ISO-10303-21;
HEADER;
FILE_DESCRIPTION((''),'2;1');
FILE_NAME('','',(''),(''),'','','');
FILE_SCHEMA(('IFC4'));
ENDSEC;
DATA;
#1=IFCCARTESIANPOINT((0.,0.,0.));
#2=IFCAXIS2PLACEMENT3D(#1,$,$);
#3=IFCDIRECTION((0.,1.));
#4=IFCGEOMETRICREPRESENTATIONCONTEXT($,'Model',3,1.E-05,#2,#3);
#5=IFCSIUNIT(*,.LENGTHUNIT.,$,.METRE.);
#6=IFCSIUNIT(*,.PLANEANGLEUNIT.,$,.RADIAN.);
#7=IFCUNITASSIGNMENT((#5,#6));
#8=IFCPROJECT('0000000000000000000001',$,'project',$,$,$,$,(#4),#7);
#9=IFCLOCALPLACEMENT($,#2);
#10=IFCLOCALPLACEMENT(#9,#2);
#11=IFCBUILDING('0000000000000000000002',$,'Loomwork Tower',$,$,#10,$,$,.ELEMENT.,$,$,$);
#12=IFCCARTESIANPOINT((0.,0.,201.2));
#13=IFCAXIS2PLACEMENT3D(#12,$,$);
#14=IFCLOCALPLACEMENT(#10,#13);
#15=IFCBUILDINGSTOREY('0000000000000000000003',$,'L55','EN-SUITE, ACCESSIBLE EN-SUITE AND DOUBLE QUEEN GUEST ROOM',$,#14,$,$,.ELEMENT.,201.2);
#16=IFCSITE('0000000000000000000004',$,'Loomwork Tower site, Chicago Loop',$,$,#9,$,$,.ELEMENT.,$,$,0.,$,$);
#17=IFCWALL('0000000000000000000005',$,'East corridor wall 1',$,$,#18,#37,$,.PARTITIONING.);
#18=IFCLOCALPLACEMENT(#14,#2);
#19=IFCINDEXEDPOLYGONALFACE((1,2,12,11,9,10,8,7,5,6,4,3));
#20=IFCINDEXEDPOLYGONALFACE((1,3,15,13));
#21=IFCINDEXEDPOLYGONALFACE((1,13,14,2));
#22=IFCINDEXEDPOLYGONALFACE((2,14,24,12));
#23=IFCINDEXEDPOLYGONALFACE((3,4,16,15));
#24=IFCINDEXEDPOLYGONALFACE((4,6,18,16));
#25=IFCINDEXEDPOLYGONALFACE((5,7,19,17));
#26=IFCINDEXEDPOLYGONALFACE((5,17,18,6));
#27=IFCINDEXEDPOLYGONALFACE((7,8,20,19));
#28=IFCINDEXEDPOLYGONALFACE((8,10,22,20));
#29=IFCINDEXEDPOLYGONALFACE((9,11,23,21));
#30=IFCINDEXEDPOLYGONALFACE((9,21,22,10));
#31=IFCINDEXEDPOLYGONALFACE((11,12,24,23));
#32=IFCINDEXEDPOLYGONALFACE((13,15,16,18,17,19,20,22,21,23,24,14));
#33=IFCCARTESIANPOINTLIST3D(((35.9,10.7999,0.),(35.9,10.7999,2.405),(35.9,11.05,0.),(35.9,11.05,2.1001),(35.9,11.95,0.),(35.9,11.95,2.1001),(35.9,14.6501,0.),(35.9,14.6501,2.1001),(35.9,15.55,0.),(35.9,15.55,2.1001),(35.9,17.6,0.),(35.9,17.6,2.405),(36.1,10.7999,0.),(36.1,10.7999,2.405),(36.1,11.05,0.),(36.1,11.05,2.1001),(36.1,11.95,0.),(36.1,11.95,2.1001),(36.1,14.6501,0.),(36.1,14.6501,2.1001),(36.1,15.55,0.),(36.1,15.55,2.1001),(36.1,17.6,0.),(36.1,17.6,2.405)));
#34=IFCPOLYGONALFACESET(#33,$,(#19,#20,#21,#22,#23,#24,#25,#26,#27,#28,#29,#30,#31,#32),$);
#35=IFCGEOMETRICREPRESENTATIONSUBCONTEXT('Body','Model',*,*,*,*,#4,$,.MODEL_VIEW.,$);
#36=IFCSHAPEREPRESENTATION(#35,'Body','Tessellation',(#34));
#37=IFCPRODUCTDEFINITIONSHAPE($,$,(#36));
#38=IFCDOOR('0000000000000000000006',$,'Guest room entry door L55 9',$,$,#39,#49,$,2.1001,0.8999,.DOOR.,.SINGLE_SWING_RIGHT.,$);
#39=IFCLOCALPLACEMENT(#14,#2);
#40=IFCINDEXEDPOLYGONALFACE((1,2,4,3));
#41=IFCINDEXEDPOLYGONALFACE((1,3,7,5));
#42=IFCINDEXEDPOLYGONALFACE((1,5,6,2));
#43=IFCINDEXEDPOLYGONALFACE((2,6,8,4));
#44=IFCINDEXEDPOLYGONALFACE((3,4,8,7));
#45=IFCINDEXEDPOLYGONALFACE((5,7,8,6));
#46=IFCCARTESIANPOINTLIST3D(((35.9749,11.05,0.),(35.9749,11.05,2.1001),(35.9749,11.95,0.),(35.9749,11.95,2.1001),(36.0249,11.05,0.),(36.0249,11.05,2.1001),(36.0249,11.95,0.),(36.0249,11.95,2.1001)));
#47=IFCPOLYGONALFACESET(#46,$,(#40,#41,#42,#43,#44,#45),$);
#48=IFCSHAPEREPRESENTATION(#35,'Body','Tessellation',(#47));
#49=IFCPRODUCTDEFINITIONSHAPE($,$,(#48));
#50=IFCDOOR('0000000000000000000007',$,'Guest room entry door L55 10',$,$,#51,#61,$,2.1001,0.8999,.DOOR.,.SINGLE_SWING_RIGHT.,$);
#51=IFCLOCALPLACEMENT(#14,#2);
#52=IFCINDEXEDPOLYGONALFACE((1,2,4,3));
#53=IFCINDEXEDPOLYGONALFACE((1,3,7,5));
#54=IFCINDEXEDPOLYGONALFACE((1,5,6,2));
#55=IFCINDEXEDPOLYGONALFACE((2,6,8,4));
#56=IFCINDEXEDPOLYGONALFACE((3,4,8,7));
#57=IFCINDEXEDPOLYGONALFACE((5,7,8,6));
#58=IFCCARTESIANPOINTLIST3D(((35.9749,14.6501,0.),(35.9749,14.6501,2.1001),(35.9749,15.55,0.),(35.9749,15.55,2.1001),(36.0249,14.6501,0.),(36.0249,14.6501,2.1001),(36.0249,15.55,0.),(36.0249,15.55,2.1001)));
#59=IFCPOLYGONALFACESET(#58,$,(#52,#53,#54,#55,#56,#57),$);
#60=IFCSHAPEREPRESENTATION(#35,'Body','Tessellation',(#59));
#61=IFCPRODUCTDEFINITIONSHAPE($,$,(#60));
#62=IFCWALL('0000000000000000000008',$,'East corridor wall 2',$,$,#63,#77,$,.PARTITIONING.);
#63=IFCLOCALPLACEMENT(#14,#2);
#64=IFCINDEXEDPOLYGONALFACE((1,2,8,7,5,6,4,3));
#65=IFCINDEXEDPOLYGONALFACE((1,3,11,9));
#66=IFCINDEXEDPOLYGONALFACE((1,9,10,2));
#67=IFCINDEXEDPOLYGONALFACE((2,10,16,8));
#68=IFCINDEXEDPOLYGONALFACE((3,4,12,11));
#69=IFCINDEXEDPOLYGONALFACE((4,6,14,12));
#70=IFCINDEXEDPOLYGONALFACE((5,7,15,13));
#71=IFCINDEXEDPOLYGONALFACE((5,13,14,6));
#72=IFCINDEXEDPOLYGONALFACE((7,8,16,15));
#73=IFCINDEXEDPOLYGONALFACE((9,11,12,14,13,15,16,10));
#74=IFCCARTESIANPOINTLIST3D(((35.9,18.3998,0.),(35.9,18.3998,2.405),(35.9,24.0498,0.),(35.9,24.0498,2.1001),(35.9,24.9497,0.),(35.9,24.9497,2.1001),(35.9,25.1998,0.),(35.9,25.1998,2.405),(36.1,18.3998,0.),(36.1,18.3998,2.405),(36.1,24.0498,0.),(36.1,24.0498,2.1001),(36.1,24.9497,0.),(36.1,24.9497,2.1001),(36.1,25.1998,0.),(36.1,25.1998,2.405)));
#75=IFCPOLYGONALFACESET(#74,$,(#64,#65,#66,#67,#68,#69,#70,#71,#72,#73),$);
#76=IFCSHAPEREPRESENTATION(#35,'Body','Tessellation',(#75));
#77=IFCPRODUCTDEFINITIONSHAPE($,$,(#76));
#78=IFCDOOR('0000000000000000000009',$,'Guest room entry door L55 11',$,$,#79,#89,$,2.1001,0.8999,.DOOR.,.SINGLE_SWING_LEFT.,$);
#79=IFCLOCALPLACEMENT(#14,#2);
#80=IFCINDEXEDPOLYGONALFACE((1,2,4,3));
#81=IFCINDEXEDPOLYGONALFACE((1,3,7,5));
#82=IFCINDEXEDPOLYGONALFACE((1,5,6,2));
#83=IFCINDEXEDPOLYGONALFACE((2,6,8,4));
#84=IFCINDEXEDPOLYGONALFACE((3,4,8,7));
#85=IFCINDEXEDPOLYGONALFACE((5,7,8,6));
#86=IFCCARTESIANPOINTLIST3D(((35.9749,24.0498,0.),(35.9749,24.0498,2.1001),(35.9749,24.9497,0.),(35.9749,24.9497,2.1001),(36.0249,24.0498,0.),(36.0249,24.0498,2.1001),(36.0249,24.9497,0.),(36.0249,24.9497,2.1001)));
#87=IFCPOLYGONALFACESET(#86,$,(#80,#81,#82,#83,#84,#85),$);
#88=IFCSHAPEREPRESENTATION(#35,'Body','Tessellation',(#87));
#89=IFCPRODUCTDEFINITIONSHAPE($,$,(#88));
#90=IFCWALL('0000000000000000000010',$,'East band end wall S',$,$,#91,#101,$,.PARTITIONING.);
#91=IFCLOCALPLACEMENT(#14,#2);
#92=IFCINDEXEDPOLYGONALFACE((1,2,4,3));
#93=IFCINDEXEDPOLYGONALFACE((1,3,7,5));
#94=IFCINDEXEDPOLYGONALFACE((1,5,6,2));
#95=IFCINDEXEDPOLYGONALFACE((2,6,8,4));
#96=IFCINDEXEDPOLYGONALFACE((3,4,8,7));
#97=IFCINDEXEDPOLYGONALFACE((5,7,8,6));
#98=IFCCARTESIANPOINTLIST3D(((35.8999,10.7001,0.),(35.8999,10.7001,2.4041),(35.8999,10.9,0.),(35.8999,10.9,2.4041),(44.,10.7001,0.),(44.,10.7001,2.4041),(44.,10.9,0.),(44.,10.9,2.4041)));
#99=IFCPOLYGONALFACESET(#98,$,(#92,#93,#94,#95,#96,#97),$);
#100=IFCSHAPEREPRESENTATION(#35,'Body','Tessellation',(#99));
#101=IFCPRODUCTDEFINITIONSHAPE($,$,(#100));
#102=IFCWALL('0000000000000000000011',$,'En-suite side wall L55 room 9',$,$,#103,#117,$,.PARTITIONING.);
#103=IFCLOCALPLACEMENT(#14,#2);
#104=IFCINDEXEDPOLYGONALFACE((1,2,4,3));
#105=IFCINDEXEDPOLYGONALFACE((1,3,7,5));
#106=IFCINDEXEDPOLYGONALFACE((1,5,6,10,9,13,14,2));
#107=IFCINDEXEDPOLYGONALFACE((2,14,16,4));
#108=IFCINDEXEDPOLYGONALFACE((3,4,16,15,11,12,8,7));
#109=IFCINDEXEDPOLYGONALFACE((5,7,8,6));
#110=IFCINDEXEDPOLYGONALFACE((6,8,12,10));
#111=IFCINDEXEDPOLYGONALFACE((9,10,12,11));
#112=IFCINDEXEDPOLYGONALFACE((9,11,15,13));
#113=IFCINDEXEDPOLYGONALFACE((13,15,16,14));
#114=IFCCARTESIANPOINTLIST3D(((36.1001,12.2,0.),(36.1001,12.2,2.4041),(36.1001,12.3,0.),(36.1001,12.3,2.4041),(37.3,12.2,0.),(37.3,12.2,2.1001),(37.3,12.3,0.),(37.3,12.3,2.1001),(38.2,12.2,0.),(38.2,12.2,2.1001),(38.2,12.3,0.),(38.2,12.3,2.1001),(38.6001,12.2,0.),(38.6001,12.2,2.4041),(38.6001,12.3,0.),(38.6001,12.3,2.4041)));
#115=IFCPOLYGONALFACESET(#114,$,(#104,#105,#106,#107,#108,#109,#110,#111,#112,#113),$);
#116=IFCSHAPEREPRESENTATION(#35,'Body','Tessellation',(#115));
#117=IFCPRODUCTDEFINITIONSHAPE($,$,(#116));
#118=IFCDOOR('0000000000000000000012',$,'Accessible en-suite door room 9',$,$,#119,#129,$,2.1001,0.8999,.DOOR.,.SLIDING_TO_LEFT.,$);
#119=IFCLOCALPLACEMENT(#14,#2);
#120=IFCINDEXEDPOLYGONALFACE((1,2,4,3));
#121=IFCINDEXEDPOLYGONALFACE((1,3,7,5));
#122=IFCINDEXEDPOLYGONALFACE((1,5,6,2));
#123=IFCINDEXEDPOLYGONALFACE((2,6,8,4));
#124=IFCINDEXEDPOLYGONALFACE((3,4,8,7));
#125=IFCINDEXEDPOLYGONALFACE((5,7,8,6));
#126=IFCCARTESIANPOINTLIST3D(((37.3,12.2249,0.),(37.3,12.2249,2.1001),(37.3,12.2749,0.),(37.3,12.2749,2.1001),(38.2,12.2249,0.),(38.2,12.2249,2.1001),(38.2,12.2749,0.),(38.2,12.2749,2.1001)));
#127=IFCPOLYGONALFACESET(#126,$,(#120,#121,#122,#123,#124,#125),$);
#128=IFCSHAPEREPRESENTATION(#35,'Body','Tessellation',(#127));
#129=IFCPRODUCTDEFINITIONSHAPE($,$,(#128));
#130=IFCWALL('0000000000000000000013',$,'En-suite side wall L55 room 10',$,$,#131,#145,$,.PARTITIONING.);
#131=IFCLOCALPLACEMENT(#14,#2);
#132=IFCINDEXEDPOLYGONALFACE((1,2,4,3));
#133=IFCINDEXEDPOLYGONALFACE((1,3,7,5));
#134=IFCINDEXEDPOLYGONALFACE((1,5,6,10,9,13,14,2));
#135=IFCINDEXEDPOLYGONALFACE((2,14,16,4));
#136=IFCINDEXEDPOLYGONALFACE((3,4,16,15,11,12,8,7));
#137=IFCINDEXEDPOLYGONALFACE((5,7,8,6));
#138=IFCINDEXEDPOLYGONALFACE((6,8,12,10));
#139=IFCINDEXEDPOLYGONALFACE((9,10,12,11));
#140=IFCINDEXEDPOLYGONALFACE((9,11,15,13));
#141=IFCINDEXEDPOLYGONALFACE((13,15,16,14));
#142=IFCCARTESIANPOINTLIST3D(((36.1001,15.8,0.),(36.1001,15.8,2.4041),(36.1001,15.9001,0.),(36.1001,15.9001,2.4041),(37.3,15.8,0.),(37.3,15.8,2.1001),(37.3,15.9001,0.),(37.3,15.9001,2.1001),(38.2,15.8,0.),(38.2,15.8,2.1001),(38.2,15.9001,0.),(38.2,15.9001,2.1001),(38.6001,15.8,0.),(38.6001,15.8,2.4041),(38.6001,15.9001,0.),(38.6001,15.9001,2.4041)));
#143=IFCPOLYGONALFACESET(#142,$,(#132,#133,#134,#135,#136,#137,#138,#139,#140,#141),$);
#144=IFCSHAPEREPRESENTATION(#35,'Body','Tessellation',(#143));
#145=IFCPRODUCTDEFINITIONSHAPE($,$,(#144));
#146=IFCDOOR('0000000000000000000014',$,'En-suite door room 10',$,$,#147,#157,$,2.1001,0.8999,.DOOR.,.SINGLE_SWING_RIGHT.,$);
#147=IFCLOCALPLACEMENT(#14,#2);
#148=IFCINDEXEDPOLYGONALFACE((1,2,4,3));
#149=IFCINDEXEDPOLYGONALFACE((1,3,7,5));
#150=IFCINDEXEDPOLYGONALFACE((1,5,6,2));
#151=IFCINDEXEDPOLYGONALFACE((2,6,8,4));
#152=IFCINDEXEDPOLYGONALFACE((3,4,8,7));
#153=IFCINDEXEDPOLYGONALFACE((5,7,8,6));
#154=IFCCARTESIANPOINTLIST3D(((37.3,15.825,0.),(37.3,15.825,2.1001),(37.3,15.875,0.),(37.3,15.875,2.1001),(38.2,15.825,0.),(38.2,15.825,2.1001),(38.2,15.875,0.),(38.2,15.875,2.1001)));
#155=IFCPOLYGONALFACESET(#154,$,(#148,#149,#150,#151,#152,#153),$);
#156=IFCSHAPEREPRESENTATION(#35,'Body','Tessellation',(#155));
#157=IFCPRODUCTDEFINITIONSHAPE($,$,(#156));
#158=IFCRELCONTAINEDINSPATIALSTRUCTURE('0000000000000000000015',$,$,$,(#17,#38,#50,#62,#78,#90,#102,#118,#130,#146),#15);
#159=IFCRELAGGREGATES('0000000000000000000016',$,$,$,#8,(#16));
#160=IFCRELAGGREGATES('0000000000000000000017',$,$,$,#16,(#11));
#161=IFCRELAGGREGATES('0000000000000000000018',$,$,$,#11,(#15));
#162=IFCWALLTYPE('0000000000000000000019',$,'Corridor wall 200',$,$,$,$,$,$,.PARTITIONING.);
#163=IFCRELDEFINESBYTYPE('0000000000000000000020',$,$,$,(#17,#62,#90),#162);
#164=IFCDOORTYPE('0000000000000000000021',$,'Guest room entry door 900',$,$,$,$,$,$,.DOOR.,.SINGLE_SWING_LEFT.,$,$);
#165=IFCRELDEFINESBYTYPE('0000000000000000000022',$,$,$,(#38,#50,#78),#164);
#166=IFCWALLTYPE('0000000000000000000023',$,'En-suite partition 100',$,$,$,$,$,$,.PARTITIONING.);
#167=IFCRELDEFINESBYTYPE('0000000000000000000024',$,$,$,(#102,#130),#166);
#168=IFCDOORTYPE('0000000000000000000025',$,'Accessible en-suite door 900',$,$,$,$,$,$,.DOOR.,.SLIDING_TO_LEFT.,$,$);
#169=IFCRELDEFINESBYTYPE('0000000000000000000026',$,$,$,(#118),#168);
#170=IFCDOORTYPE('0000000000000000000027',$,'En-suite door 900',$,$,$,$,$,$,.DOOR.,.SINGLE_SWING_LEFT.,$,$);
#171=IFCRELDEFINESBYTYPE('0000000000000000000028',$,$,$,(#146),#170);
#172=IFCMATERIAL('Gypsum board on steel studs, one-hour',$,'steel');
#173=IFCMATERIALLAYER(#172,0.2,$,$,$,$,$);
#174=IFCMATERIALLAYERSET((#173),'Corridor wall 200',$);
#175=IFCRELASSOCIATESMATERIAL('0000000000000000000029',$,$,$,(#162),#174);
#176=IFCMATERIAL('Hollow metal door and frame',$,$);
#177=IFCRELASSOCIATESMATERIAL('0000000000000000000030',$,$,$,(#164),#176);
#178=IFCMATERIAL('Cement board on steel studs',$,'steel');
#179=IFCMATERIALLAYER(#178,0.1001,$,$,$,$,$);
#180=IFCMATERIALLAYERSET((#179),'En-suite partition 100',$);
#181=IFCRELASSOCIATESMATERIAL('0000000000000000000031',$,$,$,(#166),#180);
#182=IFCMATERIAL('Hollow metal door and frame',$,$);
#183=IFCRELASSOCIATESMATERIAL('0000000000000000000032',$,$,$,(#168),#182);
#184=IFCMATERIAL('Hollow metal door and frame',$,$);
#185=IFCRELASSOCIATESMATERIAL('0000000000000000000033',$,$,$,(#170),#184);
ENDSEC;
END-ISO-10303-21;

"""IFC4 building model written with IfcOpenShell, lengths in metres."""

from ifc_helpers import new_model, si_unit, direction, frame, frame_2d, origin, place, context, subcontext, project, spatial, rectangle, extrude, material, layer, layer_set, type_object, element, fill, save


model = new_model("IFC4")

# Units and contexts
model_context = context("Model", 3, precision=1e-05, world=origin(), true_north=direction((0.0, 1.0)))
body_context = subcontext(model_context, "Body", "Model", "MODEL_VIEW")
ifc_project = project(units=[si_unit("LENGTHUNIT", "METRE"), si_unit("PLANEANGLEUNIT", "RADIAN")], contexts=[model_context])

# Site, building, storey
site_placement = place(None, origin())
site = spatial("IfcSite", under=ifc_project, at=site_placement, Name="Loomwork Tower site, Chicago Loop", CompositionType="ELEMENT", RefElevation=0.0)
building_placement = place(site_placement, origin())
building = spatial("IfcBuilding", under=site, at=building_placement, Name="Loomwork Tower", CompositionType="ELEMENT")
storey_placement = place(building_placement, frame((0.0, 0.0, 201.2)))
storey = spatial("IfcBuildingStorey", under=building, at=storey_placement, Name="L55", Description="EN-SUITE, ACCESSIBLE EN-SUITE AND DOUBLE QUEEN GUEST ROOM", CompositionType="ELEMENT", Elevation=201.2)

# Wall, openings, doors
ifc_material_1 = material(Name="Gypsum board on steel studs, one-hour", Category="steel")
ifc_layer_1 = layer(ifc_material_1, 0.2)
ifc_layer_set_1 = layer_set([ifc_layer_1], Name="Corridor wall 200")
wall_type_1 = type_object("IfcWallType", Name="Corridor wall 200", PredefinedType="PARTITIONING", material=ifc_layer_set_1)
wall_1_placement = place(storey_placement, frame((36.0, 10.8, 0.0), z_axis=(0.0, 0.0, 1.0), x_axis=(0.0, 1.0, 0.0)))
wall_1 = element("IfcWall", 1, at=wall_1_placement, inside=storey, type_object=wall_type_1, Name="East corridor wall 1", PredefinedType="PARTITIONING", context=body_context, shape_type="SweptSolid", body=[
    extrude(rectangle(XDim=6.8, YDim=0.2, at=frame_2d((3.3999, 0.0))), origin(), (0.0, 0.0, 1.0), 2.405),
])
opening_1_placement = place(wall_1_placement, frame((0.25, 0.0, 0.0)))
opening_1 = element("IfcOpeningElement", 2, at=opening_1_placement, cuts=wall_1, PredefinedType="OPENING", context=body_context, shape_type="SweptSolid", body=[
    extrude(rectangle(XDim=0.8999, YDim=2.1001, at=frame_2d((0.45, 1.05))), frame((0.0, 0.1099, 0.0), z_axis=(0.0, -1.0, 0.0), x_axis=(1.0, 0.0, 0.0)), (0.0, 0.0, 1.0), 0.22),
])
opening_2_placement = place(wall_1_placement, frame((3.8501, 0.0, 0.0)))
opening_2 = element("IfcOpeningElement", 3, at=opening_2_placement, cuts=wall_1, PredefinedType="OPENING", context=body_context, shape_type="SweptSolid", body=[
    extrude(rectangle(XDim=0.8999, YDim=2.1001, at=frame_2d((0.45, 1.05))), frame((0.0, 0.1099, 0.0), z_axis=(0.0, -1.0, 0.0), x_axis=(1.0, 0.0, 0.0)), (0.0, 0.0, 1.0), 0.22),
])
ifc_material_2 = material(Name="Hollow metal door and frame")
door_type_1 = type_object("IfcDoorType", Name="Guest room entry door 900", OperationType="SINGLE_SWING_LEFT", PredefinedType="DOOR", material=ifc_material_2)
door_1_placement = place(opening_1_placement, frame((0.8999, 0.0, 0.0), z_axis=(0.0, 0.0, 1.0), x_axis=(-1.0, 0.0, 0.0)))
door_1 = element("IfcDoor", 4, at=door_1_placement, inside=storey, type_object=door_type_1, Name="Guest room entry door L55 9", OperationType="SINGLE_SWING_RIGHT", OverallHeight=2.1001, OverallWidth=0.8999, PredefinedType="DOOR", context=body_context, shape_type="SweptSolid", body=[
    extrude(rectangle(XDim=0.8999, YDim=2.1001, at=frame_2d((0.45, 1.05))), frame((0.0, 0.0249, 0.0), z_axis=(0.0, -1.0, 0.0), x_axis=(1.0, 0.0, 0.0)), (0.0, 0.0, 1.0), 0.05),
])
fill(opening_1, door_1)
door_2_placement = place(opening_2_placement, frame((0.8999, 0.0, 0.0), z_axis=(0.0, 0.0, 1.0), x_axis=(-1.0, 0.0, 0.0)))
door_2 = element("IfcDoor", 5, at=door_2_placement, inside=storey, type_object=door_type_1, Name="Guest room entry door L55 10", OperationType="SINGLE_SWING_RIGHT", OverallHeight=2.1001, OverallWidth=0.8999, PredefinedType="DOOR", context=body_context, shape_type="SweptSolid", body=[
    extrude(rectangle(XDim=0.8999, YDim=2.1001, at=frame_2d((0.45, 1.05))), frame((0.0, 0.0249, 0.0), z_axis=(0.0, -1.0, 0.0), x_axis=(1.0, 0.0, 0.0)), (0.0, 0.0, 1.0), 0.05),
])
fill(opening_2, door_2)

# Wall, opening, door
wall_2_placement = place(storey_placement, frame((36.0, 18.3999, 0.0), z_axis=(0.0, 0.0, 1.0), x_axis=(0.0, 1.0, 0.0)))
wall_2 = element("IfcWall", 6, at=wall_2_placement, inside=storey, type_object=wall_type_1, Name="East corridor wall 2", PredefinedType="PARTITIONING", context=body_context, shape_type="SweptSolid", body=[
    extrude(rectangle(XDim=6.8, YDim=0.2, at=frame_2d((3.3999, 0.0))), origin(), (0.0, 0.0, 1.0), 2.405),
])
opening_3_placement = place(wall_2_placement, frame((5.6499, 0.0, 0.0)))
opening_3 = element("IfcOpeningElement", 7, at=opening_3_placement, cuts=wall_2, PredefinedType="OPENING", context=body_context, shape_type="SweptSolid", body=[
    extrude(rectangle(XDim=0.8999, YDim=2.1001, at=frame_2d((0.45, 1.05))), frame((0.0, 0.1099, 0.0), z_axis=(0.0, -1.0, 0.0), x_axis=(1.0, 0.0, 0.0)), (0.0, 0.0, 1.0), 0.22),
])
door_3_placement = place(opening_3_placement, frame((0.8999, 0.0, 0.0), z_axis=(0.0, 0.0, 1.0), x_axis=(-1.0, 0.0, 0.0)))
door_3 = element("IfcDoor", 8, at=door_3_placement, inside=storey, type_object=door_type_1, Name="Guest room entry door L55 11", OperationType="SINGLE_SWING_LEFT", OverallHeight=2.1001, OverallWidth=0.8999, PredefinedType="DOOR", context=body_context, shape_type="SweptSolid", body=[
    extrude(rectangle(XDim=0.8999, YDim=2.1001, at=frame_2d((0.45, 1.05))), frame((0.0, 0.0249, 0.0), z_axis=(0.0, -1.0, 0.0), x_axis=(1.0, 0.0, 0.0)), (0.0, 0.0, 1.0), 0.05),
])
fill(opening_3, door_3)

# Wall
wall_3_placement = place(storey_placement, frame((35.8999, 10.8, 0.0), z_axis=(0.0, 0.0, 1.0), x_axis=(1.0, 0.0, 0.0)))
element("IfcWall", 9, at=wall_3_placement, inside=storey, type_object=wall_type_1, Name="East band end wall S", PredefinedType="PARTITIONING", context=body_context, shape_type="SweptSolid", body=[
    extrude(rectangle(XDim=8.1001, YDim=0.2, at=frame_2d((4.05, 0.0))), origin(), (0.0, 0.0, 1.0), 2.4041),
])

# Walls, openings, doors
ifc_material_3 = material(Name="Cement board on steel studs", Category="steel")
ifc_layer_2 = layer(ifc_material_3, 0.1001)
ifc_layer_set_2 = layer_set([ifc_layer_2], Name="En-suite partition 100")
wall_type_2 = type_object("IfcWallType", Name="En-suite partition 100", PredefinedType="PARTITIONING", material=ifc_layer_set_2)
wall_4_placement = place(storey_placement, frame((36.1001, 12.25, 0.0), z_axis=(0.0, 0.0, 1.0), x_axis=(1.0, 0.0, 0.0)))
wall_4 = element("IfcWall", 10, at=wall_4_placement, inside=storey, type_object=wall_type_2, Name="En-suite side wall L55 room 9", PredefinedType="PARTITIONING", context=body_context, shape_type="SweptSolid", body=[
    extrude(rectangle(XDim=2.5, YDim=0.1001, at=frame_2d((1.25, 0.0))), origin(), (0.0, 0.0, 1.0), 2.4041),
])
opening_4_placement = place(wall_4_placement, frame((1.2, 0.0, 0.0)))
opening_4 = element("IfcOpeningElement", 11, at=opening_4_placement, cuts=wall_4, PredefinedType="OPENING", context=body_context, shape_type="SweptSolid", body=[
    extrude(rectangle(XDim=0.8999, YDim=2.1001, at=frame_2d((0.45, 1.05))), frame((0.0, 0.0601, 0.0), z_axis=(0.0, -1.0, 0.0), x_axis=(1.0, 0.0, 0.0)), (0.0, 0.0, 1.0), 0.1201),
])
ifc_material_4 = material(Name="Hollow metal door and frame")
door_type_2 = type_object("IfcDoorType", Name="Accessible en-suite door 900", OperationType="SLIDING_TO_LEFT", PredefinedType="DOOR", material=ifc_material_4)
door_4_placement = place(opening_4_placement, origin())
door_4 = element("IfcDoor", 12, at=door_4_placement, inside=storey, type_object=door_type_2, Name="Accessible en-suite door room 9", OperationType="SLIDING_TO_LEFT", OverallHeight=2.1001, OverallWidth=0.8999, PredefinedType="DOOR", context=body_context, shape_type="SweptSolid", body=[
    extrude(rectangle(XDim=0.8999, YDim=2.1001, at=frame_2d((0.45, 1.05))), frame((0.0, 0.0249, 0.0), z_axis=(0.0, -1.0, 0.0), x_axis=(1.0, 0.0, 0.0)), (0.0, 0.0, 1.0), 0.05),
])
fill(opening_4, door_4)
wall_5_placement = place(storey_placement, frame((36.1001, 15.8501, 0.0), z_axis=(0.0, 0.0, 1.0), x_axis=(1.0, 0.0, 0.0)))
wall_5 = element("IfcWall", 13, at=wall_5_placement, inside=storey, type_object=wall_type_2, Name="En-suite side wall L55 room 10", PredefinedType="PARTITIONING", context=body_context, shape_type="SweptSolid", body=[
    extrude(rectangle(XDim=2.5, YDim=0.1001, at=frame_2d((1.25, 0.0))), origin(), (0.0, 0.0, 1.0), 2.4041),
])
opening_5_placement = place(wall_5_placement, frame((1.2, 0.0, 0.0)))
opening_5 = element("IfcOpeningElement", 14, at=opening_5_placement, cuts=wall_5, PredefinedType="OPENING", context=body_context, shape_type="SweptSolid", body=[
    extrude(rectangle(XDim=0.8999, YDim=2.1001, at=frame_2d((0.45, 1.05))), frame((0.0, 0.0601, 0.0), z_axis=(0.0, -1.0, 0.0), x_axis=(1.0, 0.0, 0.0)), (0.0, 0.0, 1.0), 0.1201),
])
ifc_material_5 = material(Name="Hollow metal door and frame")
door_type_3 = type_object("IfcDoorType", Name="En-suite door 900", OperationType="SINGLE_SWING_LEFT", PredefinedType="DOOR", material=ifc_material_5)
door_5_placement = place(opening_5_placement, origin())
door_5 = element("IfcDoor", 15, at=door_5_placement, inside=storey, type_object=door_type_3, Name="En-suite door room 10", OperationType="SINGLE_SWING_RIGHT", OverallHeight=2.1001, OverallWidth=0.8999, PredefinedType="DOOR", context=body_context, shape_type="SweptSolid", body=[
    extrude(rectangle(XDim=0.8999, YDim=2.1001, at=frame_2d((0.45, 1.05))), frame((0.0, 0.0249, 0.0), z_axis=(0.0, -1.0, 0.0), x_axis=(1.0, 0.0, 0.0)), (0.0, 0.0, 1.0), 0.05),
])
fill(opening_5, door_5)

save(model, "model.ifc")
